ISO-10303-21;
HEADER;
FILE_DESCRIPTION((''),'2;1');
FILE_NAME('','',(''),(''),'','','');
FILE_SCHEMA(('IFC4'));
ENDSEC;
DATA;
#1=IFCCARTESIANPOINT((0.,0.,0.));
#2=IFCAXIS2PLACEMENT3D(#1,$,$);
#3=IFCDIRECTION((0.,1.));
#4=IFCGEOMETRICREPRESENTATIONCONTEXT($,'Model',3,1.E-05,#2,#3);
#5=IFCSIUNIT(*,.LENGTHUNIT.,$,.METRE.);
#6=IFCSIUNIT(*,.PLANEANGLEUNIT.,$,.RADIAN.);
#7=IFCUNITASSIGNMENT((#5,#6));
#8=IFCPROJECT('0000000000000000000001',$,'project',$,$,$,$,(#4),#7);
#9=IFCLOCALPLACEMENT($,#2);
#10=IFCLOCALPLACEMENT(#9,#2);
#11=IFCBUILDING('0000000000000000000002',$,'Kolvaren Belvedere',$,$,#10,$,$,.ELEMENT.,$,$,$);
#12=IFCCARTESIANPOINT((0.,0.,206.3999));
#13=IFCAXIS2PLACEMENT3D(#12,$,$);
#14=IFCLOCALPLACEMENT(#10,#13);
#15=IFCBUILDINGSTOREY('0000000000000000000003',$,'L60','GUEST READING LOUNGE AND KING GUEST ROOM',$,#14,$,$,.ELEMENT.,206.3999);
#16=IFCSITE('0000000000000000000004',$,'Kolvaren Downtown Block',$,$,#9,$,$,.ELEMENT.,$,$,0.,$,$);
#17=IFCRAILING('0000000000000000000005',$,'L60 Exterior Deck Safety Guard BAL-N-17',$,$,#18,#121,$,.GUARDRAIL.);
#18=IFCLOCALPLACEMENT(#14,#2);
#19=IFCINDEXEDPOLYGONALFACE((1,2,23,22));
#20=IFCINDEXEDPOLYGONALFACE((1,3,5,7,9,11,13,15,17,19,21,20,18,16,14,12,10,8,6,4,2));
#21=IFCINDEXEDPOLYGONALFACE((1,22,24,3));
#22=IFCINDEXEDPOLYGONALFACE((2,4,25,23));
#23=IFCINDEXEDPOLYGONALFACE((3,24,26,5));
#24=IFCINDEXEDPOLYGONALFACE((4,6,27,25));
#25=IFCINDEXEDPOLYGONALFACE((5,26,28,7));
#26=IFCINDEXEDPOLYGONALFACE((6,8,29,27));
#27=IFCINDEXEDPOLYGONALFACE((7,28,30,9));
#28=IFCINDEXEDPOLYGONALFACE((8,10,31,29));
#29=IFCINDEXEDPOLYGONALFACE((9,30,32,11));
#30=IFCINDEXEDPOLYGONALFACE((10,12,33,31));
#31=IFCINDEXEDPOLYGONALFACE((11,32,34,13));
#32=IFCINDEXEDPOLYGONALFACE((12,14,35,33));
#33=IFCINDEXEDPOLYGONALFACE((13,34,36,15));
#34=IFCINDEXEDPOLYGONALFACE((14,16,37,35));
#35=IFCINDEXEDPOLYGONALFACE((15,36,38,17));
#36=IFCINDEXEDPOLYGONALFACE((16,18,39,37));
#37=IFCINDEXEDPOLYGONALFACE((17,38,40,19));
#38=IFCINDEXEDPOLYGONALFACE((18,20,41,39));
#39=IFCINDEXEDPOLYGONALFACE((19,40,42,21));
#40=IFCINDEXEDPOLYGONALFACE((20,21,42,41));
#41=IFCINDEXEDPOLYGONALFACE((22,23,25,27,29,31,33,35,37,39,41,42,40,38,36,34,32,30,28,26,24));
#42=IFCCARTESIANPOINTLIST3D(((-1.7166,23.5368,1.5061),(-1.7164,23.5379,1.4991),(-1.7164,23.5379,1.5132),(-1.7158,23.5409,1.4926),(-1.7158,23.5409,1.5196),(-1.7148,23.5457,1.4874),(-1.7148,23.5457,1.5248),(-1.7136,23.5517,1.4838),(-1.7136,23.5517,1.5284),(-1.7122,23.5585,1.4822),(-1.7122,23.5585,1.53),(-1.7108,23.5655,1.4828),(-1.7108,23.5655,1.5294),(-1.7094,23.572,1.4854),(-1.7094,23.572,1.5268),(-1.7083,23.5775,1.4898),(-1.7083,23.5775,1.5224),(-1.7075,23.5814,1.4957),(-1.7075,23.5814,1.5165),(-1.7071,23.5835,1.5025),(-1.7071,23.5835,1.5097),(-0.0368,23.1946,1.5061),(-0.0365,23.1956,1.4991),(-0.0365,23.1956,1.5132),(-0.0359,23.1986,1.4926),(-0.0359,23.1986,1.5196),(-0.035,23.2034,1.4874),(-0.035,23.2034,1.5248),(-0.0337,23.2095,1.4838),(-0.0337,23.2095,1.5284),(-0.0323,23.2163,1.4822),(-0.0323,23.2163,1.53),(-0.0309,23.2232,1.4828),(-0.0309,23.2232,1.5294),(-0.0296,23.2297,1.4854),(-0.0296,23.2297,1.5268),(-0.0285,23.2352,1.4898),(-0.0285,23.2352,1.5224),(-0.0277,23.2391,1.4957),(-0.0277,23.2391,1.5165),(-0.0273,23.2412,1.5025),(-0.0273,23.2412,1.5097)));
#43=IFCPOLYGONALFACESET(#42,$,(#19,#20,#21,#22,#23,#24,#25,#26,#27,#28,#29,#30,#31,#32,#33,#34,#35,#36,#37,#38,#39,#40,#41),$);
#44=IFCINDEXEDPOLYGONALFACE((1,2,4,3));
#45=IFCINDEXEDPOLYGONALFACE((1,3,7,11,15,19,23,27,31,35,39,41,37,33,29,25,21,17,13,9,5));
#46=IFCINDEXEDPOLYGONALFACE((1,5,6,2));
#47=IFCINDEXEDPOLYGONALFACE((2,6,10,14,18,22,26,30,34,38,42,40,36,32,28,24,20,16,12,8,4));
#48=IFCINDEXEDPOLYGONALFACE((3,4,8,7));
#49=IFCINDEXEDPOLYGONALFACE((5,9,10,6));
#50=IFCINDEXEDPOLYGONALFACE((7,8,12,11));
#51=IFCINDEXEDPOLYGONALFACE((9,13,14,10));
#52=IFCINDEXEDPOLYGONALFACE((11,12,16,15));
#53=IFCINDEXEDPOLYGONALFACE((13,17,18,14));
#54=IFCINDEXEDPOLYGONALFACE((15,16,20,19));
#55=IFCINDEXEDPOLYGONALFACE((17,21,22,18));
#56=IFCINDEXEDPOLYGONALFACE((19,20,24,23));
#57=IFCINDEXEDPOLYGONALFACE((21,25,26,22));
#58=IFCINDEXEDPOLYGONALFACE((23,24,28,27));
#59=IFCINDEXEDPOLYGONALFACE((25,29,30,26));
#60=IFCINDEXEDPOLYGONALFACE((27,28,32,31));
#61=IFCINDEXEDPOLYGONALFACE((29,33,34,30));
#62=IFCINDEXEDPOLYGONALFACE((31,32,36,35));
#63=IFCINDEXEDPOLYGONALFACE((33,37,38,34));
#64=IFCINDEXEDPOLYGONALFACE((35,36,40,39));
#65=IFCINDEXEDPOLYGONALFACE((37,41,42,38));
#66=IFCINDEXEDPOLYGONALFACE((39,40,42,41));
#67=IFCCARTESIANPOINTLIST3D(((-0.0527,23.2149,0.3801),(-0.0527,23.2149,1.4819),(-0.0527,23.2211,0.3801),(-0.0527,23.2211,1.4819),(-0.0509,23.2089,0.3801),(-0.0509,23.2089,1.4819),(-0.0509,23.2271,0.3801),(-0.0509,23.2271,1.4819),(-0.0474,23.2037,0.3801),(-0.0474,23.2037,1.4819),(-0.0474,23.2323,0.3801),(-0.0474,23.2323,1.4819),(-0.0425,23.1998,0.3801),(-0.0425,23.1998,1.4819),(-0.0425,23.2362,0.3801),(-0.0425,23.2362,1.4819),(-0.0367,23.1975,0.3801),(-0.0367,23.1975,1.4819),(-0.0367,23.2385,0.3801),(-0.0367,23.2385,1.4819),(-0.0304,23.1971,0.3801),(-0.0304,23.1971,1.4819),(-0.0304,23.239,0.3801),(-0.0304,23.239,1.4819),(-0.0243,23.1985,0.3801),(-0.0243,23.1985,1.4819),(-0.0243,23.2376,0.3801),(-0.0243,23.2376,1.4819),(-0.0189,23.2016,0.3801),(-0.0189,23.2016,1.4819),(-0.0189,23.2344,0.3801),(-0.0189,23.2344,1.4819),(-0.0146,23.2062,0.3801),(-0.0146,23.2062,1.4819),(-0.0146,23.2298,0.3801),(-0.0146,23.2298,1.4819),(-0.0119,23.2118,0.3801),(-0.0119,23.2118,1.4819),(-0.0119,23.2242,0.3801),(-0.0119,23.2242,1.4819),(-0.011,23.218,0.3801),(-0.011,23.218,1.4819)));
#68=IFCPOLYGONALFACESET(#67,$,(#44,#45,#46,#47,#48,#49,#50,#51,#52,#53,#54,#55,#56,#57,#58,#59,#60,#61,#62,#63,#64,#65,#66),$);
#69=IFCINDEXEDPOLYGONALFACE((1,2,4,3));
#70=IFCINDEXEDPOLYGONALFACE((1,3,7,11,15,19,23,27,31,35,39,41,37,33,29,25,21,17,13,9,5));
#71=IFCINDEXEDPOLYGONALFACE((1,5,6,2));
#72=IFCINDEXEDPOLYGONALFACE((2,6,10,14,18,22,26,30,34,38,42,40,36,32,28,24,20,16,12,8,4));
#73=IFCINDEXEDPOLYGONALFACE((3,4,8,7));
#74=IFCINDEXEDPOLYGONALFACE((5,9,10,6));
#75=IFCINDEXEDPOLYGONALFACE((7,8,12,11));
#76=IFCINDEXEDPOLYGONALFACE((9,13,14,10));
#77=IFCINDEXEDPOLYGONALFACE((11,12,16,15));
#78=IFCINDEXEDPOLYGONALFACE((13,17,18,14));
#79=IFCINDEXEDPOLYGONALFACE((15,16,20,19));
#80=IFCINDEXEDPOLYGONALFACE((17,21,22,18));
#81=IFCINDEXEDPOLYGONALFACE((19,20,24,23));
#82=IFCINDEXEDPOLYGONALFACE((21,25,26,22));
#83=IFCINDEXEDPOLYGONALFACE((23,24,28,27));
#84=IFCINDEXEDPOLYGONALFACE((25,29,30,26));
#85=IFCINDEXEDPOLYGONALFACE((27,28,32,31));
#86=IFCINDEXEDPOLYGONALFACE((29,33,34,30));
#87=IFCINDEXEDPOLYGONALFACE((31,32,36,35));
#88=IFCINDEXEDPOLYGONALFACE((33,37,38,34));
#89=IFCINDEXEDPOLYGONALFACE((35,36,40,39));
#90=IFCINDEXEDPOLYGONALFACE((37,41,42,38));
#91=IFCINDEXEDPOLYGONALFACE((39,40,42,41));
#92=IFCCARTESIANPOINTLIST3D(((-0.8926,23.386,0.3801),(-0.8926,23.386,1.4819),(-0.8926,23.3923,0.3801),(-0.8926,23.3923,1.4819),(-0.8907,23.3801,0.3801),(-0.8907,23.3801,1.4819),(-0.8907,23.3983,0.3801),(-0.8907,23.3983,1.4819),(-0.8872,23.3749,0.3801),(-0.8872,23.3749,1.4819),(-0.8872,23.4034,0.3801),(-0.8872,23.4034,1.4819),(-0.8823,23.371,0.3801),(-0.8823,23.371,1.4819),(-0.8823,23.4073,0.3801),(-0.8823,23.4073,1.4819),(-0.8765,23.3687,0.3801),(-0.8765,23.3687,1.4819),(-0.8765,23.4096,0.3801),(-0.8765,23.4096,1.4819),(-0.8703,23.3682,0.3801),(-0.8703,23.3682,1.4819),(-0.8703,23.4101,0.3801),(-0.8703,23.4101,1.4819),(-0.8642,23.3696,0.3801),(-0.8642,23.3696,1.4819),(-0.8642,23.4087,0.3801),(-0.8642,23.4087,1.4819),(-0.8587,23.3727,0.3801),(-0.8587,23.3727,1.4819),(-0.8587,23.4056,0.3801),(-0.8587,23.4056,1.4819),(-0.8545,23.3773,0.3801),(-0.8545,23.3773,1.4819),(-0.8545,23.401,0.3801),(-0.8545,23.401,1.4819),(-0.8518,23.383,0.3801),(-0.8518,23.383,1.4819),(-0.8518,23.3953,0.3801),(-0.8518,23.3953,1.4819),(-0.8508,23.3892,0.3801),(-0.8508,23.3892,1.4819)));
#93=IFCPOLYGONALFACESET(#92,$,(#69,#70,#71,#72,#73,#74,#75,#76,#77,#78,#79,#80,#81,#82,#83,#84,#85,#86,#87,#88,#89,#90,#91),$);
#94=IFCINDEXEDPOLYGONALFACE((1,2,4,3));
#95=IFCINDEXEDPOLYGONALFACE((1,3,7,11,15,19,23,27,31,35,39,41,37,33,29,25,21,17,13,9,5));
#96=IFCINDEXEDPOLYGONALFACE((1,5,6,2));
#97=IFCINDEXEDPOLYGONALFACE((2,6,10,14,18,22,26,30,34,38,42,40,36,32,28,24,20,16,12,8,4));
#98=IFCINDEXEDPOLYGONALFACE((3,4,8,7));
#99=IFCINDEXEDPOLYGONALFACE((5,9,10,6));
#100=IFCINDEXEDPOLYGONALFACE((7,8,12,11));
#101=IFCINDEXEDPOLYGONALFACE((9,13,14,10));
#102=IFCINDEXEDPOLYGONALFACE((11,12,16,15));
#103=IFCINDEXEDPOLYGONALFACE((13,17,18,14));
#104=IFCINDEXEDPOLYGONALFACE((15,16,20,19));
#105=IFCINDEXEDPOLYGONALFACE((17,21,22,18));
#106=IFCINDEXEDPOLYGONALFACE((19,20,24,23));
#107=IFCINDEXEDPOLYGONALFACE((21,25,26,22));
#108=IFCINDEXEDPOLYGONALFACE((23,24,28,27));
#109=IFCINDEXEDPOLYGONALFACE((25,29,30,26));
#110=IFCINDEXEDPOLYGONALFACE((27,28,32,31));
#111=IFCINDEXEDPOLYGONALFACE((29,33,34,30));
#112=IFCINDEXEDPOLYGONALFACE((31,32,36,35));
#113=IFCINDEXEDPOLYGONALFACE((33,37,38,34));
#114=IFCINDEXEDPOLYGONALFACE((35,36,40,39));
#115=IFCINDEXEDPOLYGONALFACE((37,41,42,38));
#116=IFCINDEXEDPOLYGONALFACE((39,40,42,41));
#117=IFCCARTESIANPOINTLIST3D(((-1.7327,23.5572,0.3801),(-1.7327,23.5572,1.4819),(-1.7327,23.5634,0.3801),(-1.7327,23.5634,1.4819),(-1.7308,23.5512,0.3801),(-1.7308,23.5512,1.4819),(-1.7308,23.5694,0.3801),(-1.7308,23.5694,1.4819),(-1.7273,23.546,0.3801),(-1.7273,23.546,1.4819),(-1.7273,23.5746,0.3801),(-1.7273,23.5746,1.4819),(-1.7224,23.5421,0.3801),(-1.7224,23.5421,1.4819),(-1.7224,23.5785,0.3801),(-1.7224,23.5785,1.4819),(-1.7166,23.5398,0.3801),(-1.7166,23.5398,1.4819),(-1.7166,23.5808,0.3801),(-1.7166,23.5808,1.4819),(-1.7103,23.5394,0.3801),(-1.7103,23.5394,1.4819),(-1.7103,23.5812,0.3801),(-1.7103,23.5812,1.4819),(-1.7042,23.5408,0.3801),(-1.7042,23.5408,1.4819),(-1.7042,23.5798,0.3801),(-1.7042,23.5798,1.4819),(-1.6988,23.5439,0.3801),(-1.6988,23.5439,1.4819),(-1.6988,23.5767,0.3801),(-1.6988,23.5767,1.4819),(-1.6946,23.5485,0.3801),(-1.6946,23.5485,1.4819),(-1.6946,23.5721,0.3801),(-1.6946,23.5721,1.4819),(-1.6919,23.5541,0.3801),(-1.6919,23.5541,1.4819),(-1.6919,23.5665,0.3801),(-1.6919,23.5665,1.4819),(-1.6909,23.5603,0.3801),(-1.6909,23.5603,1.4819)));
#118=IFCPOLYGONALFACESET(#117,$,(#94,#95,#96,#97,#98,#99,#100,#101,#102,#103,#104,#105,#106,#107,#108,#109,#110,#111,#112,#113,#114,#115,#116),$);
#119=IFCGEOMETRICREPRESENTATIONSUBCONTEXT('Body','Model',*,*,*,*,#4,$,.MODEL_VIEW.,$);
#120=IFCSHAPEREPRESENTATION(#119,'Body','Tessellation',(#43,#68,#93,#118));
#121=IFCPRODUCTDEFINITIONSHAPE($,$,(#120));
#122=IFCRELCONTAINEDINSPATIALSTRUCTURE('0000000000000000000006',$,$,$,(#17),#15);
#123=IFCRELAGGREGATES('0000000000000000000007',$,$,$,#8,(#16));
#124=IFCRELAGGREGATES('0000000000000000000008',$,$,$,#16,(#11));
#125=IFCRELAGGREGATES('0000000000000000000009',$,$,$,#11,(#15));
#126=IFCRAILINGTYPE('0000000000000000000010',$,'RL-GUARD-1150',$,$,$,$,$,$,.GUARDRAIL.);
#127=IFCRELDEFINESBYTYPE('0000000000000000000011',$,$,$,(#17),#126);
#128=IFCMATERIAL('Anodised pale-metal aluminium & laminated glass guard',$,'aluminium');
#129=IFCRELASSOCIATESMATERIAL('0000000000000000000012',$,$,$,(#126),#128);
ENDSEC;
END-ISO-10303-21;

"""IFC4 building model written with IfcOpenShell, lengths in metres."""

from ifc_helpers import new_model, si_unit, direction, frame, origin, origin_2d, place, context, subcontext, project, spatial, circle, extrude, material, type_object, element, save


model = new_model("IFC4")

# Units and contexts
model_context = context("Model", 3, precision=1e-05, world=origin(), true_north=direction((0.0, 1.0)))
body_context = subcontext(model_context, "Body", "Model", "MODEL_VIEW")
ifc_project = project(units=[si_unit("LENGTHUNIT", "METRE"), si_unit("PLANEANGLEUNIT", "RADIAN")], contexts=[model_context])

# Site, building, storey
site_placement = place(None, origin())
site = spatial("IfcSite", under=ifc_project, at=site_placement, Name="Kolvaren Downtown Block", CompositionType="ELEMENT", RefElevation=0.0)
building_placement = place(site_placement, origin())
building = spatial("IfcBuilding", under=site, at=building_placement, Name="Kolvaren Belvedere", CompositionType="ELEMENT")
storey_placement = place(building_placement, frame((0.0, 0.0, 206.3999)))
storey = spatial("IfcBuildingStorey", under=building, at=storey_placement, Name="L60", Description="GUEST READING LOUNGE AND KING GUEST ROOM", CompositionType="ELEMENT", Elevation=206.3999)

# Railing
ifc_material_1 = material(Name="Anodised pale-metal aluminium & laminated glass guard", Category="aluminium")
railing_type = type_object("IfcRailingType", Name="RL-GUARD-1150", PredefinedType="GUARDRAIL", material=ifc_material_1)
railing_1_placement = place(storey_placement, frame((-0.032, 23.218, 0.3801)))
element("IfcRailing", 1, at=railing_1_placement, inside=storey, type_object=railing_type, Name="L60 Exterior Deck Safety Guard BAL-N-17", PredefinedType="GUARDRAIL", context=body_context, shape_type="SweptSolid", body=[
    extrude(circle(Radius=0.0239, at=origin_2d()), frame((0.0, 0.0, 1.126), z_axis=(-0.979868, 0.199648, 0.0), x_axis=(-0.199648, -0.979868, 0.0)), (0.0, 0.0, 1.0), 1.7144),
    extrude(circle(Radius=0.021, at=origin_2d()), origin(), (0.0, 0.0, 1.0), 1.1018),
    extrude(circle(Radius=0.021, at=origin_2d()), frame((-0.8398, 0.1711, 0.0)), (0.0, 0.0, 1.0), 1.1018),
    extrude(circle(Radius=0.021, at=origin_2d()), frame((-1.6799, 0.3423, 0.0)), (0.0, 0.0, 1.0), 1.1018),
])

save(model, "model.ifc")
